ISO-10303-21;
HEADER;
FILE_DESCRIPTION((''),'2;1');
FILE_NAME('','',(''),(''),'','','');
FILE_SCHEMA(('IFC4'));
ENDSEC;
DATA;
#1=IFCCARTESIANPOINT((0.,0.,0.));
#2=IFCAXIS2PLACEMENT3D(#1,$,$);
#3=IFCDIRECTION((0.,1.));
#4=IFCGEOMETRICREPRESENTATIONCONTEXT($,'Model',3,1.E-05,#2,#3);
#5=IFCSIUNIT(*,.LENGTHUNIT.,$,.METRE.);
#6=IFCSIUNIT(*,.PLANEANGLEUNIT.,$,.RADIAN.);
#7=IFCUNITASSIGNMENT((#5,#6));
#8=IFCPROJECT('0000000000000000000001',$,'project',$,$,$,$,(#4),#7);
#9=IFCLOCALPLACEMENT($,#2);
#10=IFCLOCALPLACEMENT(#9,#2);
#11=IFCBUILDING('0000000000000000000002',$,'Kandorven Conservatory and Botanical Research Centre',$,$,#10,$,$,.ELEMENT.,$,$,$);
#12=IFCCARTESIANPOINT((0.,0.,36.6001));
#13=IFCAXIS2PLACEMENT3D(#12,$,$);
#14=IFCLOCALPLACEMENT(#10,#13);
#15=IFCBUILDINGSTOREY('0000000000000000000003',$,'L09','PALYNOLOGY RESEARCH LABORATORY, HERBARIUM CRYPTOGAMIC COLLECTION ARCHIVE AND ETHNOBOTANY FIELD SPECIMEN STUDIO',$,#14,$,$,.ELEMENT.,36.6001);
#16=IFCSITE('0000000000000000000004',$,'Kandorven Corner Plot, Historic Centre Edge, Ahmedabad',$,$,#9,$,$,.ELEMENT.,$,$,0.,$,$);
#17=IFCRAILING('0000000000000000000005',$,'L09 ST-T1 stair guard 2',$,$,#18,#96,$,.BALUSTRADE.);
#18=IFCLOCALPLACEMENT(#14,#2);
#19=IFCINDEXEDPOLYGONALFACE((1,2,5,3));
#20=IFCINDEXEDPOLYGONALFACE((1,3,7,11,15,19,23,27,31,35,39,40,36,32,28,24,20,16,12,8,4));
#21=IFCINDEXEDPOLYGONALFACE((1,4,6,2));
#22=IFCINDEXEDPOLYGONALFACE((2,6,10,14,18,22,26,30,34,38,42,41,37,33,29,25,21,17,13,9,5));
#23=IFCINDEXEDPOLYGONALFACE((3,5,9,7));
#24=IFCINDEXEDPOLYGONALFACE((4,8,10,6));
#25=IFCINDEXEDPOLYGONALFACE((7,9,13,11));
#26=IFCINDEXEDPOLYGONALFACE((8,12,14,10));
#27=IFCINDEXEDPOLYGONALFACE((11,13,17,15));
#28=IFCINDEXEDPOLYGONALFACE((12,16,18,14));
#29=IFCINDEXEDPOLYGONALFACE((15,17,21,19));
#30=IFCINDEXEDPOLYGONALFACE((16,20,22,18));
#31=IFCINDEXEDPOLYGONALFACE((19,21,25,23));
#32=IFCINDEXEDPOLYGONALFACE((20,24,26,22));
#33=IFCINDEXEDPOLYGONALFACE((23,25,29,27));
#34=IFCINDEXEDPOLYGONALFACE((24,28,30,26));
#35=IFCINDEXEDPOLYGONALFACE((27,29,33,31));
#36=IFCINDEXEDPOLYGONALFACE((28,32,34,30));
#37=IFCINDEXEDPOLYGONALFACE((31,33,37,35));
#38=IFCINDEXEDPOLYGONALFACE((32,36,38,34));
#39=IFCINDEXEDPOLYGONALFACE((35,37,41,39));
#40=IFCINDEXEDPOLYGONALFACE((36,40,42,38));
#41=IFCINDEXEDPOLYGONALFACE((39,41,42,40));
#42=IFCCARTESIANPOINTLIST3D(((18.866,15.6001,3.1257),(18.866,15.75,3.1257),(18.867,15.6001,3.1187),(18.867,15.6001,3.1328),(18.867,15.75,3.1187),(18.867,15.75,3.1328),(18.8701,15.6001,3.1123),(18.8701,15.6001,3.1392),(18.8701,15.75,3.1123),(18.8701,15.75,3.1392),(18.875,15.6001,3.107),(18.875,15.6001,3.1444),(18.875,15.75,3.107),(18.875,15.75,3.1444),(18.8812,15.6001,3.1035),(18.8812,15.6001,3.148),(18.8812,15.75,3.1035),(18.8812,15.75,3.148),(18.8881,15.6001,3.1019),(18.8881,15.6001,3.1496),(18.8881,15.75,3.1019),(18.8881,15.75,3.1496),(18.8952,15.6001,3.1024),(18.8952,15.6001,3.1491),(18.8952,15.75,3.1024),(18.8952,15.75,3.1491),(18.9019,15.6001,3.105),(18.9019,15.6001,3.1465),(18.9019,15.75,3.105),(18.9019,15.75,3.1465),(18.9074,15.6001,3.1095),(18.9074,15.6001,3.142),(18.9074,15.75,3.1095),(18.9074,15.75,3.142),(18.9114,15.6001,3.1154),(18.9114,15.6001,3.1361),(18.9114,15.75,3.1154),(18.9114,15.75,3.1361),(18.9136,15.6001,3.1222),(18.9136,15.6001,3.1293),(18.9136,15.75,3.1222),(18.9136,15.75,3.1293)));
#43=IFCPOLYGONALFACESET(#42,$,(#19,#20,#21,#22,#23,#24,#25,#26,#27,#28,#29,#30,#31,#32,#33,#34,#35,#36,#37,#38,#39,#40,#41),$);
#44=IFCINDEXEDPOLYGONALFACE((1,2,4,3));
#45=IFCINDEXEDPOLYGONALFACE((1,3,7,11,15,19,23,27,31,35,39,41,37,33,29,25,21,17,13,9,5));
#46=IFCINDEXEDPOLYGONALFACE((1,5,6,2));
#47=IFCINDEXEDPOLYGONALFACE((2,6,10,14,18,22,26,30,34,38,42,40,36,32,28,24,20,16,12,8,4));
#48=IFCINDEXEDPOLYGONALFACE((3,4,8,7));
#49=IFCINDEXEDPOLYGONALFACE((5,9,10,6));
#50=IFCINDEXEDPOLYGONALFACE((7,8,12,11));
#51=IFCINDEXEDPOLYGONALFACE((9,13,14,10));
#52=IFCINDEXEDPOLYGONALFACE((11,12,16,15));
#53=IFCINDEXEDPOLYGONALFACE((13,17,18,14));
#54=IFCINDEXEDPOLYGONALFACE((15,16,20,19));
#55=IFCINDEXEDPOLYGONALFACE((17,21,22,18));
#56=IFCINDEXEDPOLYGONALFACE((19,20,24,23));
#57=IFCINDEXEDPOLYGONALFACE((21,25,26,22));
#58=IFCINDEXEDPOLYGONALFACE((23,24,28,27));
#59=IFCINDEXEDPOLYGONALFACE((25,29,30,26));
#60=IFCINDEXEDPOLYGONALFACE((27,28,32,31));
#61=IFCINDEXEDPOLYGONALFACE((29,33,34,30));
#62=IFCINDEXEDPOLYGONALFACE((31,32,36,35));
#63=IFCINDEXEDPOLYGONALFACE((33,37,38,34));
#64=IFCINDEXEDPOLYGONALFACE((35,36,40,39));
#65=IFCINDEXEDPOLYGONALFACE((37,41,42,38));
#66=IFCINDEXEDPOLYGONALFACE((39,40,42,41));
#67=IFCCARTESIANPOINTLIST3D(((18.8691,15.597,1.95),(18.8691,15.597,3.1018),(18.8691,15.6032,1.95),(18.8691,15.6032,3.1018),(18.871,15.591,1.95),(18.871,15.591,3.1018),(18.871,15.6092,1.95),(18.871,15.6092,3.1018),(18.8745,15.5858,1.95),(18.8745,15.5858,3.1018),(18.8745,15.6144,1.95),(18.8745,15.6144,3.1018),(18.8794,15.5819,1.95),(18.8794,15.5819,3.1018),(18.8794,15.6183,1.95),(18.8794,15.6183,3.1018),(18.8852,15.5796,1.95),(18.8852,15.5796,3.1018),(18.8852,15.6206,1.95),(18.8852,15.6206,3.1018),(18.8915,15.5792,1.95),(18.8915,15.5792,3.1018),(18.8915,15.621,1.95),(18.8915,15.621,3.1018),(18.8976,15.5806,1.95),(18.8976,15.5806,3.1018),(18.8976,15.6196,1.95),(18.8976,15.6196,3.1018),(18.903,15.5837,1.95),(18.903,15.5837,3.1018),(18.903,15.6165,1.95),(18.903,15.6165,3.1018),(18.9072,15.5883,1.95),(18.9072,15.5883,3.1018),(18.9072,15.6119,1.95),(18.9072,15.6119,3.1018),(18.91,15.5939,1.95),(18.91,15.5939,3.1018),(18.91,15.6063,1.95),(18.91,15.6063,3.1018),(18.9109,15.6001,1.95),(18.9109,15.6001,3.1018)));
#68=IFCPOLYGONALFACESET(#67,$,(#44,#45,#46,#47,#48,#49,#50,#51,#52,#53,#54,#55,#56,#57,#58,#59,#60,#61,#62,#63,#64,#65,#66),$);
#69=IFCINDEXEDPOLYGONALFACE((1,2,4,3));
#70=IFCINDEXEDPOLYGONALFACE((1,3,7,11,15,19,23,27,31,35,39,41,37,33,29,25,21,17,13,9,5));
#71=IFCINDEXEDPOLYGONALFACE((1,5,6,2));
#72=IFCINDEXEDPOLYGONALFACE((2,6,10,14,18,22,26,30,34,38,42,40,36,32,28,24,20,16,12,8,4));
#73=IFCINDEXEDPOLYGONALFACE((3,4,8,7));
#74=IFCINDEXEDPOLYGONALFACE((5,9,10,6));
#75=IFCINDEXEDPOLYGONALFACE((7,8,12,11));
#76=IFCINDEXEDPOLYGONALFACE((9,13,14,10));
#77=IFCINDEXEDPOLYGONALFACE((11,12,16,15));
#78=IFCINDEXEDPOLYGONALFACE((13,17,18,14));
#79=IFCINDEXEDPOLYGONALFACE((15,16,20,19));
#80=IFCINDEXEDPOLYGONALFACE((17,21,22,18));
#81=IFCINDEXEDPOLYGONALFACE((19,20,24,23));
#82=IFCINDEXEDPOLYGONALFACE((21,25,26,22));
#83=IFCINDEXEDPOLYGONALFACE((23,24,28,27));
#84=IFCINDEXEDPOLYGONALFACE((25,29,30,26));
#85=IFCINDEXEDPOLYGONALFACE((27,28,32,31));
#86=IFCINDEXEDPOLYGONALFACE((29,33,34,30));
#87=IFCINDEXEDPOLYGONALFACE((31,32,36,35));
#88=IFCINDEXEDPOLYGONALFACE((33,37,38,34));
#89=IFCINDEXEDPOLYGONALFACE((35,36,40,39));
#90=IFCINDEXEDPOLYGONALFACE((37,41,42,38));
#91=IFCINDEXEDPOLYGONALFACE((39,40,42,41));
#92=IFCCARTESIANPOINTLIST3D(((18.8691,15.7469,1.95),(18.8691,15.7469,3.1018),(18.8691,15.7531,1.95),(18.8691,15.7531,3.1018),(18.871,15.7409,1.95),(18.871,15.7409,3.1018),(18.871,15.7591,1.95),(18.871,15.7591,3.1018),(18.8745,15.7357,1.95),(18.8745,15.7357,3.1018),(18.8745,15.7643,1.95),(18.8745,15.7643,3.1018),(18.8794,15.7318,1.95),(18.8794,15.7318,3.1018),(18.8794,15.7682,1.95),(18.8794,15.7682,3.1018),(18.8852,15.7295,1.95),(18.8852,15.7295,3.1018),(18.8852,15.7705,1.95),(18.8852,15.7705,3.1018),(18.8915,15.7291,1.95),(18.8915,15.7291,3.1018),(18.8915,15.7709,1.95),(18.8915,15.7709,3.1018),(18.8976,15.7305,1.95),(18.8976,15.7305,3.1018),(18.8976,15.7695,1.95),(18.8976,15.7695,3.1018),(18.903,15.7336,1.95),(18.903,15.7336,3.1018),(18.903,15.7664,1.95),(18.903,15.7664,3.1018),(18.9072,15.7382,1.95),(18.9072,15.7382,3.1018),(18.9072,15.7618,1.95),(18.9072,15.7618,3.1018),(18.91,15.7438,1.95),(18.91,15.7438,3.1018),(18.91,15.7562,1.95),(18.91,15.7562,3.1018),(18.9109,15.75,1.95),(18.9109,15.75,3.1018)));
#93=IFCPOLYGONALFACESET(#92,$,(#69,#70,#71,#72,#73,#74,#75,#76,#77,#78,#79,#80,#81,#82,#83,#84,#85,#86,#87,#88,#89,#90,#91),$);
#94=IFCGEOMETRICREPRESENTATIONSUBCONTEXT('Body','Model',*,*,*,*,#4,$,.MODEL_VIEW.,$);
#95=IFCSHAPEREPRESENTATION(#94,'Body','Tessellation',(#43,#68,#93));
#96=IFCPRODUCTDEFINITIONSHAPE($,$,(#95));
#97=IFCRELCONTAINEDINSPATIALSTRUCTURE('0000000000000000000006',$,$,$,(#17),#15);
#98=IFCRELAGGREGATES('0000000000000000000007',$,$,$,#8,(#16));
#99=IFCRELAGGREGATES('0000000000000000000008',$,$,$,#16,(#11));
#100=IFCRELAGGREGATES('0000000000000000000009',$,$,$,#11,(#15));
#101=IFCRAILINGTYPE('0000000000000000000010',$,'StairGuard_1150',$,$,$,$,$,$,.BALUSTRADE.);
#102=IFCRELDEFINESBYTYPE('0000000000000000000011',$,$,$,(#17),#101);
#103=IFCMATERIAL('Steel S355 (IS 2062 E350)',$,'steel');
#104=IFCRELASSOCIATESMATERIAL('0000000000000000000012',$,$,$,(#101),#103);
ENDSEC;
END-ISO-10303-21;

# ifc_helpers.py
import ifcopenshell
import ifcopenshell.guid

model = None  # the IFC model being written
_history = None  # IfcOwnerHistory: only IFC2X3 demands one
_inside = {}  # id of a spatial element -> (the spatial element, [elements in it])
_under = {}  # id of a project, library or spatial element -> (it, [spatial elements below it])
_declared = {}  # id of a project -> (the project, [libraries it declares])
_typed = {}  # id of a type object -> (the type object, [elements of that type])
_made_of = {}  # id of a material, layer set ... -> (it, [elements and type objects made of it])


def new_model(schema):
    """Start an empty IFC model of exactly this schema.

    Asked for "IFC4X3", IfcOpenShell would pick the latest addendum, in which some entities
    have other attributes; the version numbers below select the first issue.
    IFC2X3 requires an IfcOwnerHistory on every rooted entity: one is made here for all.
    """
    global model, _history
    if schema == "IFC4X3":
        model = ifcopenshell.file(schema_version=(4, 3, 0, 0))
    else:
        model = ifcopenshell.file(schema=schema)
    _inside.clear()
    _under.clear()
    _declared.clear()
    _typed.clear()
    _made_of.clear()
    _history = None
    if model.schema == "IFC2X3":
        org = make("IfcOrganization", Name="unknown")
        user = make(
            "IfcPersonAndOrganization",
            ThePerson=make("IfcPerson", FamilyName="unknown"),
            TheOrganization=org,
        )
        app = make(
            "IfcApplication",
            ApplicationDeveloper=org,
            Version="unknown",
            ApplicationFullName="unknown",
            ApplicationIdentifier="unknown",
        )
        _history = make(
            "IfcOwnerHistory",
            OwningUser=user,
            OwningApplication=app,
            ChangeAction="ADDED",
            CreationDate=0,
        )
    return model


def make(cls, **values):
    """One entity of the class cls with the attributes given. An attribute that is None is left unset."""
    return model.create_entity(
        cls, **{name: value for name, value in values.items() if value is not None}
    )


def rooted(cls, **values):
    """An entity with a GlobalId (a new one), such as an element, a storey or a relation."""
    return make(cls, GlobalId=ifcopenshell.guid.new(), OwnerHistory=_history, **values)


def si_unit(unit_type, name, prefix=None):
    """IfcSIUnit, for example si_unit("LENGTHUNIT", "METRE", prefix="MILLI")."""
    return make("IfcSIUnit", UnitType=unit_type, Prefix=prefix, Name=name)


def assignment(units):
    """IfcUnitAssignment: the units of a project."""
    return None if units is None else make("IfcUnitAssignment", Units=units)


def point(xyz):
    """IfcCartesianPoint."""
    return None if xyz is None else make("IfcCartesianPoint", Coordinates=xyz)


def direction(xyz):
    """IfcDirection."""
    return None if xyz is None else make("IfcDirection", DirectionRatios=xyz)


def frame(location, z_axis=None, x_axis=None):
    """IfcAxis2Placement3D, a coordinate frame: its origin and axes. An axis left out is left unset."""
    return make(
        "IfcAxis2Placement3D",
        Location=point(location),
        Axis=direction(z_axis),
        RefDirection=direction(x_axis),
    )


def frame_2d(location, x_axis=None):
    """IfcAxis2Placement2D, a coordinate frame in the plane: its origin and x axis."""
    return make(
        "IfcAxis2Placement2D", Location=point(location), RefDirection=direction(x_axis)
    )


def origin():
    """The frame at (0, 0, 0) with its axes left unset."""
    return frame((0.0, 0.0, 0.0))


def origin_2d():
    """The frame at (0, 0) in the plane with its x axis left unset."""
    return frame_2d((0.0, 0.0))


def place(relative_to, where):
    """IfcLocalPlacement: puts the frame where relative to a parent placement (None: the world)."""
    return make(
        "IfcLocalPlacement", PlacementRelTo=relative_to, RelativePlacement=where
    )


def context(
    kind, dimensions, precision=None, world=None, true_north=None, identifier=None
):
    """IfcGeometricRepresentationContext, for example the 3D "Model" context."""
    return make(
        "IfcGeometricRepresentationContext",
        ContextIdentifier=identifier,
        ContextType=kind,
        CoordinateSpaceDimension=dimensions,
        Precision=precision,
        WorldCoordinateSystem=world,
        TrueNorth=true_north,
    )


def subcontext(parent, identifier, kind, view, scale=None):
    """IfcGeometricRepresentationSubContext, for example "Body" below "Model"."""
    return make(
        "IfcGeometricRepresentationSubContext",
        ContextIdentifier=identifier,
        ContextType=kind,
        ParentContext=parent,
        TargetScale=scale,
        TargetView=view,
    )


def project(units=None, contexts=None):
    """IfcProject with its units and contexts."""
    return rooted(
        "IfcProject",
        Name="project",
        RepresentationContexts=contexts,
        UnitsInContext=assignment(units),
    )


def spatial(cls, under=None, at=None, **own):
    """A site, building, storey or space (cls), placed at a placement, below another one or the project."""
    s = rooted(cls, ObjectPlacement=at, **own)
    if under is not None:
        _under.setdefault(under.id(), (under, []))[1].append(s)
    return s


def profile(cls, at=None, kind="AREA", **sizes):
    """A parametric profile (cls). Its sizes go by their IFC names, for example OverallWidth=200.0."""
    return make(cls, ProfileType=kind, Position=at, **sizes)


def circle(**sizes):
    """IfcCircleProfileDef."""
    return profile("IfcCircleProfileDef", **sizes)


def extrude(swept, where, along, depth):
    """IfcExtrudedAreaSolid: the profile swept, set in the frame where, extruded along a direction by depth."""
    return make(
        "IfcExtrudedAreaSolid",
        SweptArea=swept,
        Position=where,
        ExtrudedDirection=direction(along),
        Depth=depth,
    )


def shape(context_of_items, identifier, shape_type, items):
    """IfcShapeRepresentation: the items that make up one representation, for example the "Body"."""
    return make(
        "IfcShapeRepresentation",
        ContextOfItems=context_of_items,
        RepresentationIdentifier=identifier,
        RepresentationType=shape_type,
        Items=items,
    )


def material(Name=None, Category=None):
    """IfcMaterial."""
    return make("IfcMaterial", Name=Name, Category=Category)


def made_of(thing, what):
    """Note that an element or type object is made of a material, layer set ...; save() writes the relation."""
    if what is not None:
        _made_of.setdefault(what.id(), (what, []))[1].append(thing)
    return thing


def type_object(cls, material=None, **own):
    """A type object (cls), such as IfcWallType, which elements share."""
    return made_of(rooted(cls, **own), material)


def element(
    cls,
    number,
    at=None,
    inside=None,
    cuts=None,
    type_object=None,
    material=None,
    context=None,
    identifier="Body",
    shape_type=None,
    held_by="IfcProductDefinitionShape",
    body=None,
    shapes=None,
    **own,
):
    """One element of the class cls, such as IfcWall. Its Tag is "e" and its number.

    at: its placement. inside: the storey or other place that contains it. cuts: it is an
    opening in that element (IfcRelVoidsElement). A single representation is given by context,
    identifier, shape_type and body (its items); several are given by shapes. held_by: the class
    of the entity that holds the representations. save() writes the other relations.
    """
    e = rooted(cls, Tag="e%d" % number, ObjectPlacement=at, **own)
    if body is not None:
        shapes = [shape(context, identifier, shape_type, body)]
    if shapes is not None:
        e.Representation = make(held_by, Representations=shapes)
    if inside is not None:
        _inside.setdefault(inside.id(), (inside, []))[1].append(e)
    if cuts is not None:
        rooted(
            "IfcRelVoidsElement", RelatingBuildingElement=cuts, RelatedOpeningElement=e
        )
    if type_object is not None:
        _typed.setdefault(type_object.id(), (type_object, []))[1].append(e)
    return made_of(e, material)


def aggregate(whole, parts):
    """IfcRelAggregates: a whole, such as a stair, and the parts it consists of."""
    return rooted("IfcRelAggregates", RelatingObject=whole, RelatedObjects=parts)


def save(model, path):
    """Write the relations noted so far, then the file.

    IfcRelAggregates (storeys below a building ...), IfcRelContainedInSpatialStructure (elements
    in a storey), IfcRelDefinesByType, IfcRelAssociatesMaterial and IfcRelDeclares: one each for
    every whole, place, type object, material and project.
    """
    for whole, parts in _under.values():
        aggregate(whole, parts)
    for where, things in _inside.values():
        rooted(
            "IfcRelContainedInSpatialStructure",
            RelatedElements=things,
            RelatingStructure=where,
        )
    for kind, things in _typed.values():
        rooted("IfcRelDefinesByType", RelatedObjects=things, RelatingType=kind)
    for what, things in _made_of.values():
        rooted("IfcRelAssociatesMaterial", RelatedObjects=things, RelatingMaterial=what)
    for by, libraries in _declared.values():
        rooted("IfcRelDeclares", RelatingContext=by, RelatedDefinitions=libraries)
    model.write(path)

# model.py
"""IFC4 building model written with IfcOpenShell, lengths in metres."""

from ifc_helpers import new_model, si_unit, direction, frame, origin, origin_2d, place, context, subcontext, project, spatial, circle, extrude, material, type_object, element, save


model = new_model("IFC4")

# Units and contexts
model_context = context("Model", 3, precision=1e-05, world=origin(), true_north=direction((0.0, 1.0)))
body_context = subcontext(model_context, "Body", "Model", "MODEL_VIEW")
ifc_project = project(units=[si_unit("LENGTHUNIT", "METRE"), si_unit("PLANEANGLEUNIT", "RADIAN")], contexts=[model_context])

# Site, building, storey
site_placement = place(None, origin())
site = spatial("IfcSite", under=ifc_project, at=site_placement, Name="Kandorven Corner Plot, Historic Centre Edge, Ahmedabad", CompositionType="ELEMENT", RefElevation=0.0)
building_placement = place(site_placement, origin())
building = spatial("IfcBuilding", under=site, at=building_placement, Name="Kandorven Conservatory and Botanical Research Centre", CompositionType="ELEMENT")
storey_placement = place(building_placement, frame((0.0, 0.0, 36.6001)))
storey = spatial("IfcBuildingStorey", under=building, at=storey_placement, Name="L09", Description="PALYNOLOGY RESEARCH LABORATORY, HERBARIUM CRYPTOGAMIC COLLECTION ARCHIVE AND ETHNOBOTANY FIELD SPECIMEN STUDIO", CompositionType="ELEMENT", Elevation=36.6001)

# Railing
ifc_material_1 = material(Name="Steel S355 (IS 2062 E350)", Category="steel")
railing_type_1 = type_object("IfcRailingType", Name="StairGuard_1150", PredefinedType="BALUSTRADE", material=ifc_material_1)
railing_1_placement = place(storey_placement, frame((18.8899, 15.6001, 1.95)))
element("IfcRailing", 1, at=railing_1_placement, inside=storey, type_object=railing_type_1, Name="L09 ST-T1 stair guard 2", PredefinedType="BALUSTRADE", context=body_context, shape_type="SweptSolid", body=[
    extrude(circle(Radius=0.0239, at=origin_2d()), frame((0.0, 0.0, 1.1758), z_axis=(0.0, 1.0, 0.0), x_axis=(-1.0, 0.0, 0.0)), (0.0, 0.0, 1.0), 0.1499),
    extrude(circle(Radius=0.021, at=origin_2d()), origin(), (0.0, 0.0, 1.0), 1.1519),
    extrude(circle(Radius=0.021, at=origin_2d()), frame((0.0, 0.1499, 0.0)), (0.0, 0.0, 1.0), 1.1519),
])

save(model, "model.ifc")
